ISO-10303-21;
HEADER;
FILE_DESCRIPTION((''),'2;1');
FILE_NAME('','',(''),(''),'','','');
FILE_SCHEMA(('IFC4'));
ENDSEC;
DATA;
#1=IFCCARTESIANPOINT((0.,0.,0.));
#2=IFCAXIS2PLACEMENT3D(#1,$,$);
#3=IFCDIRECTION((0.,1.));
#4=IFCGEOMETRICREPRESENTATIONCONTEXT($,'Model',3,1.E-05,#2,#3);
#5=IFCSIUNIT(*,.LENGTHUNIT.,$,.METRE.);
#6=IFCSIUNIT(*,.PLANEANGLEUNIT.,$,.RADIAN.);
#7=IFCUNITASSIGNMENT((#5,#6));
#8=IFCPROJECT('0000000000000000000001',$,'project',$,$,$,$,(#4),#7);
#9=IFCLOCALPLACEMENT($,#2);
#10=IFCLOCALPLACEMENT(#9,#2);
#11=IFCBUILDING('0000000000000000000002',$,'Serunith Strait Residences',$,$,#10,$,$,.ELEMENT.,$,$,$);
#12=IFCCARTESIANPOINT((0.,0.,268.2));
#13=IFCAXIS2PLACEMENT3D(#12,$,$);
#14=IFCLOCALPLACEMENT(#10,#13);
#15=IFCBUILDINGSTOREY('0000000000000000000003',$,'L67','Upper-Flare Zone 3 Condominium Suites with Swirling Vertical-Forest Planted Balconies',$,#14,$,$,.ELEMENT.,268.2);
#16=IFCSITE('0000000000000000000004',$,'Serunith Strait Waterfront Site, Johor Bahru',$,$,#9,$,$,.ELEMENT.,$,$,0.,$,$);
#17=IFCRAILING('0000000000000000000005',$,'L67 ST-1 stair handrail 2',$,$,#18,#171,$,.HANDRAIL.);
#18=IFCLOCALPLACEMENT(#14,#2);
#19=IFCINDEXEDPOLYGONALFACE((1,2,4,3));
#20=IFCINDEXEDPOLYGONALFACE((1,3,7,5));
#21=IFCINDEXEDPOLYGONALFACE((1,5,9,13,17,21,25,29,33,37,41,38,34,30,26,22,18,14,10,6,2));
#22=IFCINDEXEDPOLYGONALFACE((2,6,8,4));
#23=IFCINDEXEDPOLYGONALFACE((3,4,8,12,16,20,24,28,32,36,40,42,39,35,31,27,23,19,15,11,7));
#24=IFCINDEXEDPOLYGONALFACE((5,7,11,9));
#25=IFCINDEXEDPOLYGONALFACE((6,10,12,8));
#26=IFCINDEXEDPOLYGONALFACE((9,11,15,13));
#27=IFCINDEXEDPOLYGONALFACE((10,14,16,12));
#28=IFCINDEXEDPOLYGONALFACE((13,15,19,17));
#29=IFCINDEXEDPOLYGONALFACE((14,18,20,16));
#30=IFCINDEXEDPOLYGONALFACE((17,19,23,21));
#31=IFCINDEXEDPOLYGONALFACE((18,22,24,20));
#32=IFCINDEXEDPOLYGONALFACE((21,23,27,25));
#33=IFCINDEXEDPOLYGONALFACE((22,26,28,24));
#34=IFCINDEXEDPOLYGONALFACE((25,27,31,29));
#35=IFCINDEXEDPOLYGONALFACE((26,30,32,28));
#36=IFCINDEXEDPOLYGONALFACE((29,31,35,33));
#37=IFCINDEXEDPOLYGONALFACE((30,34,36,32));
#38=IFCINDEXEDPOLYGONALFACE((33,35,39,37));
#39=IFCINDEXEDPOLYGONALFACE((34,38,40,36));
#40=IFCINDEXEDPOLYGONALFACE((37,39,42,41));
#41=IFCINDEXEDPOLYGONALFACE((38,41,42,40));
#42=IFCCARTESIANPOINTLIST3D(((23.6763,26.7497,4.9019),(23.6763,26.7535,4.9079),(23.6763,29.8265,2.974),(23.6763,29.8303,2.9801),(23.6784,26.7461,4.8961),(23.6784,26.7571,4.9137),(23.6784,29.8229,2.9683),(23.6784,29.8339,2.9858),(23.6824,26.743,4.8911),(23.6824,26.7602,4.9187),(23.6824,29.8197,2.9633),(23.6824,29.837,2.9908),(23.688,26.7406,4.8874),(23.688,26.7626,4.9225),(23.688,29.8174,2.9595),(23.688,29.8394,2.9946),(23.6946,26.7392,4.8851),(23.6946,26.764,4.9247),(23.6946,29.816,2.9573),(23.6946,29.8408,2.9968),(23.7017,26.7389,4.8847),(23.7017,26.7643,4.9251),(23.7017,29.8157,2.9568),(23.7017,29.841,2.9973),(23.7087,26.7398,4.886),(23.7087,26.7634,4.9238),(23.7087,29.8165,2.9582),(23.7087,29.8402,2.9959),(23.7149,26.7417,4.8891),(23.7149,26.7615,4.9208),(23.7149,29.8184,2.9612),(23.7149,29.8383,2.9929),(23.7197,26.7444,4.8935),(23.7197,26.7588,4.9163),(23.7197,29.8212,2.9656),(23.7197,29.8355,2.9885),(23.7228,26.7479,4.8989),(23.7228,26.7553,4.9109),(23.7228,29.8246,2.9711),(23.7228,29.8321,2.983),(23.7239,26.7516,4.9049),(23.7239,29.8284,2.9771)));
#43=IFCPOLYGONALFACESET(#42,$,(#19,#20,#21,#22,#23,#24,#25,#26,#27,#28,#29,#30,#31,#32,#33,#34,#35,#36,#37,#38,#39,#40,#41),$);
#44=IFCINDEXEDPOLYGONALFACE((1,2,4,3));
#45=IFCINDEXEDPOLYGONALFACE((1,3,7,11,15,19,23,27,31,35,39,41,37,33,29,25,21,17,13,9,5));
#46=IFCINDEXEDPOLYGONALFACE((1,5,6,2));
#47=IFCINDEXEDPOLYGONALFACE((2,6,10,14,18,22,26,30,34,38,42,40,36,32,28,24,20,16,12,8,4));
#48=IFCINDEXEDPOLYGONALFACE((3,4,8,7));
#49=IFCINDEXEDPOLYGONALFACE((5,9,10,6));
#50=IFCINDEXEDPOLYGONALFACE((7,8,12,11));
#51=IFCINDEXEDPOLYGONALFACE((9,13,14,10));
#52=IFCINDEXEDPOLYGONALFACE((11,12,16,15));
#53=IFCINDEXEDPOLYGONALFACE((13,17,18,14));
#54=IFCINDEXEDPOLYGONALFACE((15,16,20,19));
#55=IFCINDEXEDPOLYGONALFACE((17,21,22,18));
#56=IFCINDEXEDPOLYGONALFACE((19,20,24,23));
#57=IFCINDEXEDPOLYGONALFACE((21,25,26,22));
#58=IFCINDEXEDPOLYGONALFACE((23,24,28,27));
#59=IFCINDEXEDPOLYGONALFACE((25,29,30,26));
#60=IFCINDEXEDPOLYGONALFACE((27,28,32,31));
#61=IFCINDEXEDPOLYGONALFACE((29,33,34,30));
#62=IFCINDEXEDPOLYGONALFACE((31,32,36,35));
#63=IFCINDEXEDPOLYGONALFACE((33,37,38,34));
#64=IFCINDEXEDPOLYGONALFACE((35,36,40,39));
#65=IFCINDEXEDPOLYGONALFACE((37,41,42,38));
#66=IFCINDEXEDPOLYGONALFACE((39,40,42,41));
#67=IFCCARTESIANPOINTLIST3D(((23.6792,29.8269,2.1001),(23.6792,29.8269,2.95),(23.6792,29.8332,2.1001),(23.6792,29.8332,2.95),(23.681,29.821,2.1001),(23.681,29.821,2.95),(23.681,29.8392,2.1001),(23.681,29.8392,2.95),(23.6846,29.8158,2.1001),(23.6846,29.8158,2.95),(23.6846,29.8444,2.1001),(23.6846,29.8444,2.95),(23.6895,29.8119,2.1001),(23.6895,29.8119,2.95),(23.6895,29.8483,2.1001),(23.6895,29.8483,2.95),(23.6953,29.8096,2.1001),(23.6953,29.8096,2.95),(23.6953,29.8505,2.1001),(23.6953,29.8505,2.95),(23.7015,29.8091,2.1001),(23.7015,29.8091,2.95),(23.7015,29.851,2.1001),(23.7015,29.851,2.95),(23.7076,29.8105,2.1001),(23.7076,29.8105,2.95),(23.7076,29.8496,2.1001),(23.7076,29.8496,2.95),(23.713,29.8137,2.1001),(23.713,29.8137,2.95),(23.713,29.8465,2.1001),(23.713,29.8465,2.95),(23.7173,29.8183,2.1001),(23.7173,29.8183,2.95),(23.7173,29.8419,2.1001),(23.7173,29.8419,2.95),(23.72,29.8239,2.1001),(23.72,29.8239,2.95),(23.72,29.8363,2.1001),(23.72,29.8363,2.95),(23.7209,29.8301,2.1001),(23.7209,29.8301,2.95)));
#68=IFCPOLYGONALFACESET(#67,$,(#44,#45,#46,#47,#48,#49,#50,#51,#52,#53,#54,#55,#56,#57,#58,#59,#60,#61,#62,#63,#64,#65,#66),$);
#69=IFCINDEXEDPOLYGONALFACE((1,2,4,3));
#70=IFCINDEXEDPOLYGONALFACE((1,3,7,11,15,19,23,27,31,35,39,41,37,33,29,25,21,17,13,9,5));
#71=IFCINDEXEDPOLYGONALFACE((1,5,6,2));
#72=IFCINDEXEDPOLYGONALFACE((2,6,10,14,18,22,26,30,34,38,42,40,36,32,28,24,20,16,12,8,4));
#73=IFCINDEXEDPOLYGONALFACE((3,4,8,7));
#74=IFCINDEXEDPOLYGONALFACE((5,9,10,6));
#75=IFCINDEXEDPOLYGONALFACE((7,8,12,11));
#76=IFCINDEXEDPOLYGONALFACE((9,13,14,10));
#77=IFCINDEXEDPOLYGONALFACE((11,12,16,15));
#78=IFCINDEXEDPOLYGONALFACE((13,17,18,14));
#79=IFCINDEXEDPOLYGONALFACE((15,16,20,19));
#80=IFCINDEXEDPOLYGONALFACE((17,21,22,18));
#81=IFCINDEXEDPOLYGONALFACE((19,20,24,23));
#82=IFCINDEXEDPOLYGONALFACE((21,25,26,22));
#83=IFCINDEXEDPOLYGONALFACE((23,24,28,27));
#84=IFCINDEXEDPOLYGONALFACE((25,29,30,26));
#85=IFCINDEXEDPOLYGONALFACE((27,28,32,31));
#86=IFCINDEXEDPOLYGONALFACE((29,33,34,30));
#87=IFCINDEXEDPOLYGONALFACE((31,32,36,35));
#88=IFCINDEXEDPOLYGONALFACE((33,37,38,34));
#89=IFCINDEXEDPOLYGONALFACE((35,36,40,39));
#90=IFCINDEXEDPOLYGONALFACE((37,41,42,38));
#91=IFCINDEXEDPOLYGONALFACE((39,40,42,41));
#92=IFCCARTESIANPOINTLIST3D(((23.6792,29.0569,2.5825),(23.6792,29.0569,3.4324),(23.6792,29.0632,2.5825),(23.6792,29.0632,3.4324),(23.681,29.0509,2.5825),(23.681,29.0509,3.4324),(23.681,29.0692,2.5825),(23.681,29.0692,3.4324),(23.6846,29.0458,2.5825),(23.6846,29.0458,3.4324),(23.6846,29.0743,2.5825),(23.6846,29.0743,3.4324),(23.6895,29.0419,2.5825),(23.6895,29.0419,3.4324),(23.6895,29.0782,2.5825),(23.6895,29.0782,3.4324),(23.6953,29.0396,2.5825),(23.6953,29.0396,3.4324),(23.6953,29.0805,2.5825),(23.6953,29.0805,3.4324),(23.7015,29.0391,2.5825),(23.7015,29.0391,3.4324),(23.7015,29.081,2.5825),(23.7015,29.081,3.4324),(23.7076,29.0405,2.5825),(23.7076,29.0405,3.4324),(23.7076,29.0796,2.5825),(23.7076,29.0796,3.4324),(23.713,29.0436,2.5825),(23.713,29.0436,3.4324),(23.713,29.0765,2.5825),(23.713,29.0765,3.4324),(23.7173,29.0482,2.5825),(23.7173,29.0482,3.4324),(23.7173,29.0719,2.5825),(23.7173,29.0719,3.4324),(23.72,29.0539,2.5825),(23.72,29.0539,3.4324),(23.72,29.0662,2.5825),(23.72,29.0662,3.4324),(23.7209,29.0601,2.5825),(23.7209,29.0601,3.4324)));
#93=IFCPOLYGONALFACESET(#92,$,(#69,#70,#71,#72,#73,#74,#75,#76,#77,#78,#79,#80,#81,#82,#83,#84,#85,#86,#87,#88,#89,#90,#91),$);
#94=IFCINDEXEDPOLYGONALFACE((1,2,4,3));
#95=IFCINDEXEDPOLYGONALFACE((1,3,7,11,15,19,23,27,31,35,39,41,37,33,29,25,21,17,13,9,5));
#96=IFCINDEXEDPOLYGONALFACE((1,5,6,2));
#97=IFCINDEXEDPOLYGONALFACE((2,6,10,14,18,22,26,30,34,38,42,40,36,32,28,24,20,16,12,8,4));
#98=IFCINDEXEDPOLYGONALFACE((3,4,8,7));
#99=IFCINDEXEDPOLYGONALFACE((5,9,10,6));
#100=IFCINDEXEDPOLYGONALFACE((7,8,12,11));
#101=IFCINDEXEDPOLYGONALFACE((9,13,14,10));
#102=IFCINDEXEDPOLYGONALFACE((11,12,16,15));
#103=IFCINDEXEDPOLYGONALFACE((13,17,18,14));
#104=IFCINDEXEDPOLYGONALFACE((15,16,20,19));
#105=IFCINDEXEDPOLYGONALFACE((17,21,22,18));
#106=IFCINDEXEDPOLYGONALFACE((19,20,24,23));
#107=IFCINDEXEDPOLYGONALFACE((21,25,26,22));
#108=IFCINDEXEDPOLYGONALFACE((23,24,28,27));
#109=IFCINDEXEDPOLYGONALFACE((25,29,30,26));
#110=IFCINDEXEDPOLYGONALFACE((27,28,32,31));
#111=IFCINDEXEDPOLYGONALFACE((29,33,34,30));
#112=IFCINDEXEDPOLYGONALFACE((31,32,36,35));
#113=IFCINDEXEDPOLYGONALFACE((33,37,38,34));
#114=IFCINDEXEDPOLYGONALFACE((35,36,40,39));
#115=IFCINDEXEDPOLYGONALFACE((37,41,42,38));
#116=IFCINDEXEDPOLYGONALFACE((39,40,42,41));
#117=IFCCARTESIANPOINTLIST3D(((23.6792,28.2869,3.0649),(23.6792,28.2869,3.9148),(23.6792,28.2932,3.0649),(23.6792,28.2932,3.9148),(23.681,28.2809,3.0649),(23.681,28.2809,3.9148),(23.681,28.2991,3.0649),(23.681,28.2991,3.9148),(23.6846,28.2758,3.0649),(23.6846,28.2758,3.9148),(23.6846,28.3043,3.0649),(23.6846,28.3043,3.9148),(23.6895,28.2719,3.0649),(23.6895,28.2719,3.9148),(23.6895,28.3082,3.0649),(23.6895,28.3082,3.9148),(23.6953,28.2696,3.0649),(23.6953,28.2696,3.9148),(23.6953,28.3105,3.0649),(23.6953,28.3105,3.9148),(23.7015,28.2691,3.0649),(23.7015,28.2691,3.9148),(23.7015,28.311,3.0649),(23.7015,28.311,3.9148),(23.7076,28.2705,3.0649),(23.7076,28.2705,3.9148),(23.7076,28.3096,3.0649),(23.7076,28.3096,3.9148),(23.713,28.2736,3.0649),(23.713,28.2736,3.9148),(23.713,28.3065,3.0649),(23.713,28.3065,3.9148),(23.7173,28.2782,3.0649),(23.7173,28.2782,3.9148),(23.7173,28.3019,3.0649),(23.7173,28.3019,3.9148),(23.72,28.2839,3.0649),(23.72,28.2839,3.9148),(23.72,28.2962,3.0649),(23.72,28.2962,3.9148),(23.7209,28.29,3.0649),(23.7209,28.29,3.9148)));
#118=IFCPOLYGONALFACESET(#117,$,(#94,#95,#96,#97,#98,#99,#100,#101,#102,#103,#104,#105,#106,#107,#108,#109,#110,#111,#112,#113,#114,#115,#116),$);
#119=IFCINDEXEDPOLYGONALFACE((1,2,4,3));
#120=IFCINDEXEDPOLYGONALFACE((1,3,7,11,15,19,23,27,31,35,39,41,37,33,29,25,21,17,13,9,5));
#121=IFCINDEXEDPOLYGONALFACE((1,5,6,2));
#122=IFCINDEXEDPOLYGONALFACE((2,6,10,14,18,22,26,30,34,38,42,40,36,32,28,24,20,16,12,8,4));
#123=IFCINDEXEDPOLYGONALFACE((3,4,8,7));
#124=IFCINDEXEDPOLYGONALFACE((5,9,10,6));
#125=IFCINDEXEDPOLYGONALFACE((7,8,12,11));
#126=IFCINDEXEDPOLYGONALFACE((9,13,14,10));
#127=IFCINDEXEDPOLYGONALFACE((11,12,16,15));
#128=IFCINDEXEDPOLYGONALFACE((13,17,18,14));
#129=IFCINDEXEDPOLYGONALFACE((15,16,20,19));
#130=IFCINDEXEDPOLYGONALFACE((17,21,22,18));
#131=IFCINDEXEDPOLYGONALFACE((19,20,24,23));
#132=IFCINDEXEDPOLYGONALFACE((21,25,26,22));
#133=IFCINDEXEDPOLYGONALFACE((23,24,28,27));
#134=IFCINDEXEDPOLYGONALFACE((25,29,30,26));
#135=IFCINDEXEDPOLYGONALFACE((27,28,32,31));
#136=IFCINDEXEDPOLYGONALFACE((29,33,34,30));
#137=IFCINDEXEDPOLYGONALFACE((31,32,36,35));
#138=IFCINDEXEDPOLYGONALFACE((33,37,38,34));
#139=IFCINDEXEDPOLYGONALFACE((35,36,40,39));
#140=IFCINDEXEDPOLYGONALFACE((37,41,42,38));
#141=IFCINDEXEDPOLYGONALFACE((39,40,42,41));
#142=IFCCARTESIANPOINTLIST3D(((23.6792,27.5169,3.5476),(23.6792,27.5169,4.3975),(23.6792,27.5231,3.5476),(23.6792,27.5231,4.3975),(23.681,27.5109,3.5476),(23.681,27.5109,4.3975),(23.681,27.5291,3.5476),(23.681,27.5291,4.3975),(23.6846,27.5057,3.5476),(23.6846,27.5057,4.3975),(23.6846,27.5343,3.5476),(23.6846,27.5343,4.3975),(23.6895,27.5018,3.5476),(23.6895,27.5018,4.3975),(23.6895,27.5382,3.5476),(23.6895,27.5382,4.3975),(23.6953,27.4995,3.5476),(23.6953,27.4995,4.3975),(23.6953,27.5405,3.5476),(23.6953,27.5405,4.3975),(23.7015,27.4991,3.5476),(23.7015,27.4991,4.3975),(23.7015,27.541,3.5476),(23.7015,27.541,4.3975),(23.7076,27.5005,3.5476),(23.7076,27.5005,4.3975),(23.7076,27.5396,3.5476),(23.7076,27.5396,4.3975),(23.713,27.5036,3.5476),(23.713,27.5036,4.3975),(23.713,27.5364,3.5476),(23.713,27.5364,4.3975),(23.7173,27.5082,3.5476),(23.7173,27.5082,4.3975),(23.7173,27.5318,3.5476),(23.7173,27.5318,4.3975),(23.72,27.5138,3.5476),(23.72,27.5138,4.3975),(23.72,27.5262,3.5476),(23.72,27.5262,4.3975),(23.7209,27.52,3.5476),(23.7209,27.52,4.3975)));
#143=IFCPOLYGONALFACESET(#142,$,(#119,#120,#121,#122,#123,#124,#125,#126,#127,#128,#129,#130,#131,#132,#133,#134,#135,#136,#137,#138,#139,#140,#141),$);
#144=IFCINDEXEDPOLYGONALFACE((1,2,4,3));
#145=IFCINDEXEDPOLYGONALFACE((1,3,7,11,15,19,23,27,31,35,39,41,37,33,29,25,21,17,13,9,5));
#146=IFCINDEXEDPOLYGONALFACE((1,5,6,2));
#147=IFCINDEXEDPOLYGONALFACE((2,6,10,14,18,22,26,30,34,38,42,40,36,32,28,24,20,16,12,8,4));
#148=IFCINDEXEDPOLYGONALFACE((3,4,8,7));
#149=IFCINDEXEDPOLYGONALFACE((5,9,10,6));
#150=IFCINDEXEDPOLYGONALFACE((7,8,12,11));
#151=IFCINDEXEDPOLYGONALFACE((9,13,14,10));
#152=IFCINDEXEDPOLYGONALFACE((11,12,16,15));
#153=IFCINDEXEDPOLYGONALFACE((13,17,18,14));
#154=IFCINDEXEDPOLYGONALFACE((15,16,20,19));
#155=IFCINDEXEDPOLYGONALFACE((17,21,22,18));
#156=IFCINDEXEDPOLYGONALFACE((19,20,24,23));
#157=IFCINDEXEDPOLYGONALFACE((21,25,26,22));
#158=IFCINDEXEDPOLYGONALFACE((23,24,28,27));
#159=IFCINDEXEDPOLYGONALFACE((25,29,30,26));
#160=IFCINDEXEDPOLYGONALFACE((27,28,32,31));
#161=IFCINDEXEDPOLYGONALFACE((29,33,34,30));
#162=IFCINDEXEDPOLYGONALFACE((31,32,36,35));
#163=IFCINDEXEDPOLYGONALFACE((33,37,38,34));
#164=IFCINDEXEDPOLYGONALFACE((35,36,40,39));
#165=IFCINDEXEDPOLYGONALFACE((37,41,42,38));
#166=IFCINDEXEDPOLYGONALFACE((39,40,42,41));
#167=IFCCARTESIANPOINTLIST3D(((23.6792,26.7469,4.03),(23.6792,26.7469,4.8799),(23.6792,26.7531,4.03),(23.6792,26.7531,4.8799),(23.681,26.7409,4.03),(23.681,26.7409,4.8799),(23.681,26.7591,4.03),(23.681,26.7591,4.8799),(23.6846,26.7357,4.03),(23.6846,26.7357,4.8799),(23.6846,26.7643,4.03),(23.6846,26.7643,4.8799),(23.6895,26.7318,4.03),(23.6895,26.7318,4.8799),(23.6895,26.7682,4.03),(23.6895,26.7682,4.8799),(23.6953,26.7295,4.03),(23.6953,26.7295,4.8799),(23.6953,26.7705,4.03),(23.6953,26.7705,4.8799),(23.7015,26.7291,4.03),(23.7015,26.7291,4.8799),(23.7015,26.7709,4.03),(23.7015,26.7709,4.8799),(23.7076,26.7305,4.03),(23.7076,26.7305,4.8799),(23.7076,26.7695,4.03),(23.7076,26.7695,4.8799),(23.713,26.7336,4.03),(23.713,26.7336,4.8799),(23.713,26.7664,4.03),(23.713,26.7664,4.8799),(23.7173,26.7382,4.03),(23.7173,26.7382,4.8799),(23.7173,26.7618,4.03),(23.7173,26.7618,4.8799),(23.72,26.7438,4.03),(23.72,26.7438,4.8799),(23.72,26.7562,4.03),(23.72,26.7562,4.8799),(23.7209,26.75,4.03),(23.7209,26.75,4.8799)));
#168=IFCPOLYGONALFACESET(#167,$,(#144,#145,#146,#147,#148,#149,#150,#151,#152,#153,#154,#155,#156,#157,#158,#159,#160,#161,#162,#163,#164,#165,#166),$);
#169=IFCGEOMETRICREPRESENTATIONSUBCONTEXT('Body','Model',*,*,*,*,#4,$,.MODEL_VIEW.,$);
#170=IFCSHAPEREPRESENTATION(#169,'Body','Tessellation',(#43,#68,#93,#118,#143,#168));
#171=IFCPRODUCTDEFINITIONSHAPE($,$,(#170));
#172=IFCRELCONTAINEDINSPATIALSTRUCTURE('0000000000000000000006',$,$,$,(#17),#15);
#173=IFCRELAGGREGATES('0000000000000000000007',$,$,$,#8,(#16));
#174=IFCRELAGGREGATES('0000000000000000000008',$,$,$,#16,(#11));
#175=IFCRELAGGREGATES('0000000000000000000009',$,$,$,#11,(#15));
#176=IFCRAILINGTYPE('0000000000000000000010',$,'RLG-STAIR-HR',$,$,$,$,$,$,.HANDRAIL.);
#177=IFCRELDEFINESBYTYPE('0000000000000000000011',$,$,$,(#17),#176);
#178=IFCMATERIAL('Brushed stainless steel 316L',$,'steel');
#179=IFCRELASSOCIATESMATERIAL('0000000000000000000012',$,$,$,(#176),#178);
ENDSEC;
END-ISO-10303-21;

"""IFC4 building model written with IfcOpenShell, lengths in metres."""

from ifc_helpers import new_model, si_unit, direction, frame, origin, origin_2d, place, context, subcontext, project, spatial, circle, extrude, material, type_object, element, save


model = new_model("IFC4")

# Units and contexts
model_context = context("Model", 3, precision=1e-05, world=origin(), true_north=direction((0.0, 1.0)))
body_context = subcontext(model_context, "Body", "Model", "MODEL_VIEW")
ifc_project = project(units=[si_unit("LENGTHUNIT", "METRE"), si_unit("PLANEANGLEUNIT", "RADIAN")], contexts=[model_context])

# Site, building, storey
site_placement = place(None, origin())
site = spatial("IfcSite", under=ifc_project, at=site_placement, Name="Serunith Strait Waterfront Site, Johor Bahru", CompositionType="ELEMENT", RefElevation=0.0)
building_placement = place(site_placement, origin())
building = spatial("IfcBuilding", under=site, at=building_placement, Name="Serunith Strait Residences", CompositionType="ELEMENT")
storey_placement = place(building_placement, frame((0.0, 0.0, 268.2)))
storey = spatial("IfcBuildingStorey", under=building, at=storey_placement, Name="L67", Description="Upper-Flare Zone 3 Condominium Suites with Swirling Vertical-Forest Planted Balconies", CompositionType="ELEMENT", Elevation=268.2)

# Railing
ifc_material_1 = material(Name="Brushed stainless steel 316L", Category="steel")
railing_type_1 = type_object("IfcRailingType", Name="RLG-STAIR-HR", PredefinedType="HANDRAIL", material=ifc_material_1)
railing_1_placement = place(storey_placement, frame((23.7, 29.8301, 2.1001)))
element("IfcRailing", 1, at=railing_1_placement, inside=storey, type_object=railing_type_1, Name="L67 ST-1 stair handrail 2", PredefinedType="HANDRAIL", context=body_context, shape_type="SweptSolid", body=[
    extrude(circle(Radius=0.0239, at=origin_2d()), frame((0.0, -0.0017, 0.877), z_axis=(0.0, -0.847394, 0.530965), x_axis=(1.0, 0.0, 0.0)), (0.0, 0.0, 1.0), 3.6309),
    extrude(circle(Radius=0.021, at=origin_2d()), origin(), (0.0, 0.0, 1.0), 0.8499),
    extrude(circle(Radius=0.021, at=origin_2d()), frame((0.0, -0.77, 0.4824)), (0.0, 0.0, 1.0), 0.8499),
    extrude(circle(Radius=0.021, at=origin_2d()), frame((0.0, -1.54, 0.9648)), (0.0, 0.0, 1.0), 0.8499),
    extrude(circle(Radius=0.021, at=origin_2d()), frame((0.0, -2.3101, 1.4475)), (0.0, 0.0, 1.0), 0.8499),
    extrude(circle(Radius=0.021, at=origin_2d()), frame((0.0, -3.0801, 1.9299)), (0.0, 0.0, 1.0), 0.8499),
])

save(model, "model.ifc")
